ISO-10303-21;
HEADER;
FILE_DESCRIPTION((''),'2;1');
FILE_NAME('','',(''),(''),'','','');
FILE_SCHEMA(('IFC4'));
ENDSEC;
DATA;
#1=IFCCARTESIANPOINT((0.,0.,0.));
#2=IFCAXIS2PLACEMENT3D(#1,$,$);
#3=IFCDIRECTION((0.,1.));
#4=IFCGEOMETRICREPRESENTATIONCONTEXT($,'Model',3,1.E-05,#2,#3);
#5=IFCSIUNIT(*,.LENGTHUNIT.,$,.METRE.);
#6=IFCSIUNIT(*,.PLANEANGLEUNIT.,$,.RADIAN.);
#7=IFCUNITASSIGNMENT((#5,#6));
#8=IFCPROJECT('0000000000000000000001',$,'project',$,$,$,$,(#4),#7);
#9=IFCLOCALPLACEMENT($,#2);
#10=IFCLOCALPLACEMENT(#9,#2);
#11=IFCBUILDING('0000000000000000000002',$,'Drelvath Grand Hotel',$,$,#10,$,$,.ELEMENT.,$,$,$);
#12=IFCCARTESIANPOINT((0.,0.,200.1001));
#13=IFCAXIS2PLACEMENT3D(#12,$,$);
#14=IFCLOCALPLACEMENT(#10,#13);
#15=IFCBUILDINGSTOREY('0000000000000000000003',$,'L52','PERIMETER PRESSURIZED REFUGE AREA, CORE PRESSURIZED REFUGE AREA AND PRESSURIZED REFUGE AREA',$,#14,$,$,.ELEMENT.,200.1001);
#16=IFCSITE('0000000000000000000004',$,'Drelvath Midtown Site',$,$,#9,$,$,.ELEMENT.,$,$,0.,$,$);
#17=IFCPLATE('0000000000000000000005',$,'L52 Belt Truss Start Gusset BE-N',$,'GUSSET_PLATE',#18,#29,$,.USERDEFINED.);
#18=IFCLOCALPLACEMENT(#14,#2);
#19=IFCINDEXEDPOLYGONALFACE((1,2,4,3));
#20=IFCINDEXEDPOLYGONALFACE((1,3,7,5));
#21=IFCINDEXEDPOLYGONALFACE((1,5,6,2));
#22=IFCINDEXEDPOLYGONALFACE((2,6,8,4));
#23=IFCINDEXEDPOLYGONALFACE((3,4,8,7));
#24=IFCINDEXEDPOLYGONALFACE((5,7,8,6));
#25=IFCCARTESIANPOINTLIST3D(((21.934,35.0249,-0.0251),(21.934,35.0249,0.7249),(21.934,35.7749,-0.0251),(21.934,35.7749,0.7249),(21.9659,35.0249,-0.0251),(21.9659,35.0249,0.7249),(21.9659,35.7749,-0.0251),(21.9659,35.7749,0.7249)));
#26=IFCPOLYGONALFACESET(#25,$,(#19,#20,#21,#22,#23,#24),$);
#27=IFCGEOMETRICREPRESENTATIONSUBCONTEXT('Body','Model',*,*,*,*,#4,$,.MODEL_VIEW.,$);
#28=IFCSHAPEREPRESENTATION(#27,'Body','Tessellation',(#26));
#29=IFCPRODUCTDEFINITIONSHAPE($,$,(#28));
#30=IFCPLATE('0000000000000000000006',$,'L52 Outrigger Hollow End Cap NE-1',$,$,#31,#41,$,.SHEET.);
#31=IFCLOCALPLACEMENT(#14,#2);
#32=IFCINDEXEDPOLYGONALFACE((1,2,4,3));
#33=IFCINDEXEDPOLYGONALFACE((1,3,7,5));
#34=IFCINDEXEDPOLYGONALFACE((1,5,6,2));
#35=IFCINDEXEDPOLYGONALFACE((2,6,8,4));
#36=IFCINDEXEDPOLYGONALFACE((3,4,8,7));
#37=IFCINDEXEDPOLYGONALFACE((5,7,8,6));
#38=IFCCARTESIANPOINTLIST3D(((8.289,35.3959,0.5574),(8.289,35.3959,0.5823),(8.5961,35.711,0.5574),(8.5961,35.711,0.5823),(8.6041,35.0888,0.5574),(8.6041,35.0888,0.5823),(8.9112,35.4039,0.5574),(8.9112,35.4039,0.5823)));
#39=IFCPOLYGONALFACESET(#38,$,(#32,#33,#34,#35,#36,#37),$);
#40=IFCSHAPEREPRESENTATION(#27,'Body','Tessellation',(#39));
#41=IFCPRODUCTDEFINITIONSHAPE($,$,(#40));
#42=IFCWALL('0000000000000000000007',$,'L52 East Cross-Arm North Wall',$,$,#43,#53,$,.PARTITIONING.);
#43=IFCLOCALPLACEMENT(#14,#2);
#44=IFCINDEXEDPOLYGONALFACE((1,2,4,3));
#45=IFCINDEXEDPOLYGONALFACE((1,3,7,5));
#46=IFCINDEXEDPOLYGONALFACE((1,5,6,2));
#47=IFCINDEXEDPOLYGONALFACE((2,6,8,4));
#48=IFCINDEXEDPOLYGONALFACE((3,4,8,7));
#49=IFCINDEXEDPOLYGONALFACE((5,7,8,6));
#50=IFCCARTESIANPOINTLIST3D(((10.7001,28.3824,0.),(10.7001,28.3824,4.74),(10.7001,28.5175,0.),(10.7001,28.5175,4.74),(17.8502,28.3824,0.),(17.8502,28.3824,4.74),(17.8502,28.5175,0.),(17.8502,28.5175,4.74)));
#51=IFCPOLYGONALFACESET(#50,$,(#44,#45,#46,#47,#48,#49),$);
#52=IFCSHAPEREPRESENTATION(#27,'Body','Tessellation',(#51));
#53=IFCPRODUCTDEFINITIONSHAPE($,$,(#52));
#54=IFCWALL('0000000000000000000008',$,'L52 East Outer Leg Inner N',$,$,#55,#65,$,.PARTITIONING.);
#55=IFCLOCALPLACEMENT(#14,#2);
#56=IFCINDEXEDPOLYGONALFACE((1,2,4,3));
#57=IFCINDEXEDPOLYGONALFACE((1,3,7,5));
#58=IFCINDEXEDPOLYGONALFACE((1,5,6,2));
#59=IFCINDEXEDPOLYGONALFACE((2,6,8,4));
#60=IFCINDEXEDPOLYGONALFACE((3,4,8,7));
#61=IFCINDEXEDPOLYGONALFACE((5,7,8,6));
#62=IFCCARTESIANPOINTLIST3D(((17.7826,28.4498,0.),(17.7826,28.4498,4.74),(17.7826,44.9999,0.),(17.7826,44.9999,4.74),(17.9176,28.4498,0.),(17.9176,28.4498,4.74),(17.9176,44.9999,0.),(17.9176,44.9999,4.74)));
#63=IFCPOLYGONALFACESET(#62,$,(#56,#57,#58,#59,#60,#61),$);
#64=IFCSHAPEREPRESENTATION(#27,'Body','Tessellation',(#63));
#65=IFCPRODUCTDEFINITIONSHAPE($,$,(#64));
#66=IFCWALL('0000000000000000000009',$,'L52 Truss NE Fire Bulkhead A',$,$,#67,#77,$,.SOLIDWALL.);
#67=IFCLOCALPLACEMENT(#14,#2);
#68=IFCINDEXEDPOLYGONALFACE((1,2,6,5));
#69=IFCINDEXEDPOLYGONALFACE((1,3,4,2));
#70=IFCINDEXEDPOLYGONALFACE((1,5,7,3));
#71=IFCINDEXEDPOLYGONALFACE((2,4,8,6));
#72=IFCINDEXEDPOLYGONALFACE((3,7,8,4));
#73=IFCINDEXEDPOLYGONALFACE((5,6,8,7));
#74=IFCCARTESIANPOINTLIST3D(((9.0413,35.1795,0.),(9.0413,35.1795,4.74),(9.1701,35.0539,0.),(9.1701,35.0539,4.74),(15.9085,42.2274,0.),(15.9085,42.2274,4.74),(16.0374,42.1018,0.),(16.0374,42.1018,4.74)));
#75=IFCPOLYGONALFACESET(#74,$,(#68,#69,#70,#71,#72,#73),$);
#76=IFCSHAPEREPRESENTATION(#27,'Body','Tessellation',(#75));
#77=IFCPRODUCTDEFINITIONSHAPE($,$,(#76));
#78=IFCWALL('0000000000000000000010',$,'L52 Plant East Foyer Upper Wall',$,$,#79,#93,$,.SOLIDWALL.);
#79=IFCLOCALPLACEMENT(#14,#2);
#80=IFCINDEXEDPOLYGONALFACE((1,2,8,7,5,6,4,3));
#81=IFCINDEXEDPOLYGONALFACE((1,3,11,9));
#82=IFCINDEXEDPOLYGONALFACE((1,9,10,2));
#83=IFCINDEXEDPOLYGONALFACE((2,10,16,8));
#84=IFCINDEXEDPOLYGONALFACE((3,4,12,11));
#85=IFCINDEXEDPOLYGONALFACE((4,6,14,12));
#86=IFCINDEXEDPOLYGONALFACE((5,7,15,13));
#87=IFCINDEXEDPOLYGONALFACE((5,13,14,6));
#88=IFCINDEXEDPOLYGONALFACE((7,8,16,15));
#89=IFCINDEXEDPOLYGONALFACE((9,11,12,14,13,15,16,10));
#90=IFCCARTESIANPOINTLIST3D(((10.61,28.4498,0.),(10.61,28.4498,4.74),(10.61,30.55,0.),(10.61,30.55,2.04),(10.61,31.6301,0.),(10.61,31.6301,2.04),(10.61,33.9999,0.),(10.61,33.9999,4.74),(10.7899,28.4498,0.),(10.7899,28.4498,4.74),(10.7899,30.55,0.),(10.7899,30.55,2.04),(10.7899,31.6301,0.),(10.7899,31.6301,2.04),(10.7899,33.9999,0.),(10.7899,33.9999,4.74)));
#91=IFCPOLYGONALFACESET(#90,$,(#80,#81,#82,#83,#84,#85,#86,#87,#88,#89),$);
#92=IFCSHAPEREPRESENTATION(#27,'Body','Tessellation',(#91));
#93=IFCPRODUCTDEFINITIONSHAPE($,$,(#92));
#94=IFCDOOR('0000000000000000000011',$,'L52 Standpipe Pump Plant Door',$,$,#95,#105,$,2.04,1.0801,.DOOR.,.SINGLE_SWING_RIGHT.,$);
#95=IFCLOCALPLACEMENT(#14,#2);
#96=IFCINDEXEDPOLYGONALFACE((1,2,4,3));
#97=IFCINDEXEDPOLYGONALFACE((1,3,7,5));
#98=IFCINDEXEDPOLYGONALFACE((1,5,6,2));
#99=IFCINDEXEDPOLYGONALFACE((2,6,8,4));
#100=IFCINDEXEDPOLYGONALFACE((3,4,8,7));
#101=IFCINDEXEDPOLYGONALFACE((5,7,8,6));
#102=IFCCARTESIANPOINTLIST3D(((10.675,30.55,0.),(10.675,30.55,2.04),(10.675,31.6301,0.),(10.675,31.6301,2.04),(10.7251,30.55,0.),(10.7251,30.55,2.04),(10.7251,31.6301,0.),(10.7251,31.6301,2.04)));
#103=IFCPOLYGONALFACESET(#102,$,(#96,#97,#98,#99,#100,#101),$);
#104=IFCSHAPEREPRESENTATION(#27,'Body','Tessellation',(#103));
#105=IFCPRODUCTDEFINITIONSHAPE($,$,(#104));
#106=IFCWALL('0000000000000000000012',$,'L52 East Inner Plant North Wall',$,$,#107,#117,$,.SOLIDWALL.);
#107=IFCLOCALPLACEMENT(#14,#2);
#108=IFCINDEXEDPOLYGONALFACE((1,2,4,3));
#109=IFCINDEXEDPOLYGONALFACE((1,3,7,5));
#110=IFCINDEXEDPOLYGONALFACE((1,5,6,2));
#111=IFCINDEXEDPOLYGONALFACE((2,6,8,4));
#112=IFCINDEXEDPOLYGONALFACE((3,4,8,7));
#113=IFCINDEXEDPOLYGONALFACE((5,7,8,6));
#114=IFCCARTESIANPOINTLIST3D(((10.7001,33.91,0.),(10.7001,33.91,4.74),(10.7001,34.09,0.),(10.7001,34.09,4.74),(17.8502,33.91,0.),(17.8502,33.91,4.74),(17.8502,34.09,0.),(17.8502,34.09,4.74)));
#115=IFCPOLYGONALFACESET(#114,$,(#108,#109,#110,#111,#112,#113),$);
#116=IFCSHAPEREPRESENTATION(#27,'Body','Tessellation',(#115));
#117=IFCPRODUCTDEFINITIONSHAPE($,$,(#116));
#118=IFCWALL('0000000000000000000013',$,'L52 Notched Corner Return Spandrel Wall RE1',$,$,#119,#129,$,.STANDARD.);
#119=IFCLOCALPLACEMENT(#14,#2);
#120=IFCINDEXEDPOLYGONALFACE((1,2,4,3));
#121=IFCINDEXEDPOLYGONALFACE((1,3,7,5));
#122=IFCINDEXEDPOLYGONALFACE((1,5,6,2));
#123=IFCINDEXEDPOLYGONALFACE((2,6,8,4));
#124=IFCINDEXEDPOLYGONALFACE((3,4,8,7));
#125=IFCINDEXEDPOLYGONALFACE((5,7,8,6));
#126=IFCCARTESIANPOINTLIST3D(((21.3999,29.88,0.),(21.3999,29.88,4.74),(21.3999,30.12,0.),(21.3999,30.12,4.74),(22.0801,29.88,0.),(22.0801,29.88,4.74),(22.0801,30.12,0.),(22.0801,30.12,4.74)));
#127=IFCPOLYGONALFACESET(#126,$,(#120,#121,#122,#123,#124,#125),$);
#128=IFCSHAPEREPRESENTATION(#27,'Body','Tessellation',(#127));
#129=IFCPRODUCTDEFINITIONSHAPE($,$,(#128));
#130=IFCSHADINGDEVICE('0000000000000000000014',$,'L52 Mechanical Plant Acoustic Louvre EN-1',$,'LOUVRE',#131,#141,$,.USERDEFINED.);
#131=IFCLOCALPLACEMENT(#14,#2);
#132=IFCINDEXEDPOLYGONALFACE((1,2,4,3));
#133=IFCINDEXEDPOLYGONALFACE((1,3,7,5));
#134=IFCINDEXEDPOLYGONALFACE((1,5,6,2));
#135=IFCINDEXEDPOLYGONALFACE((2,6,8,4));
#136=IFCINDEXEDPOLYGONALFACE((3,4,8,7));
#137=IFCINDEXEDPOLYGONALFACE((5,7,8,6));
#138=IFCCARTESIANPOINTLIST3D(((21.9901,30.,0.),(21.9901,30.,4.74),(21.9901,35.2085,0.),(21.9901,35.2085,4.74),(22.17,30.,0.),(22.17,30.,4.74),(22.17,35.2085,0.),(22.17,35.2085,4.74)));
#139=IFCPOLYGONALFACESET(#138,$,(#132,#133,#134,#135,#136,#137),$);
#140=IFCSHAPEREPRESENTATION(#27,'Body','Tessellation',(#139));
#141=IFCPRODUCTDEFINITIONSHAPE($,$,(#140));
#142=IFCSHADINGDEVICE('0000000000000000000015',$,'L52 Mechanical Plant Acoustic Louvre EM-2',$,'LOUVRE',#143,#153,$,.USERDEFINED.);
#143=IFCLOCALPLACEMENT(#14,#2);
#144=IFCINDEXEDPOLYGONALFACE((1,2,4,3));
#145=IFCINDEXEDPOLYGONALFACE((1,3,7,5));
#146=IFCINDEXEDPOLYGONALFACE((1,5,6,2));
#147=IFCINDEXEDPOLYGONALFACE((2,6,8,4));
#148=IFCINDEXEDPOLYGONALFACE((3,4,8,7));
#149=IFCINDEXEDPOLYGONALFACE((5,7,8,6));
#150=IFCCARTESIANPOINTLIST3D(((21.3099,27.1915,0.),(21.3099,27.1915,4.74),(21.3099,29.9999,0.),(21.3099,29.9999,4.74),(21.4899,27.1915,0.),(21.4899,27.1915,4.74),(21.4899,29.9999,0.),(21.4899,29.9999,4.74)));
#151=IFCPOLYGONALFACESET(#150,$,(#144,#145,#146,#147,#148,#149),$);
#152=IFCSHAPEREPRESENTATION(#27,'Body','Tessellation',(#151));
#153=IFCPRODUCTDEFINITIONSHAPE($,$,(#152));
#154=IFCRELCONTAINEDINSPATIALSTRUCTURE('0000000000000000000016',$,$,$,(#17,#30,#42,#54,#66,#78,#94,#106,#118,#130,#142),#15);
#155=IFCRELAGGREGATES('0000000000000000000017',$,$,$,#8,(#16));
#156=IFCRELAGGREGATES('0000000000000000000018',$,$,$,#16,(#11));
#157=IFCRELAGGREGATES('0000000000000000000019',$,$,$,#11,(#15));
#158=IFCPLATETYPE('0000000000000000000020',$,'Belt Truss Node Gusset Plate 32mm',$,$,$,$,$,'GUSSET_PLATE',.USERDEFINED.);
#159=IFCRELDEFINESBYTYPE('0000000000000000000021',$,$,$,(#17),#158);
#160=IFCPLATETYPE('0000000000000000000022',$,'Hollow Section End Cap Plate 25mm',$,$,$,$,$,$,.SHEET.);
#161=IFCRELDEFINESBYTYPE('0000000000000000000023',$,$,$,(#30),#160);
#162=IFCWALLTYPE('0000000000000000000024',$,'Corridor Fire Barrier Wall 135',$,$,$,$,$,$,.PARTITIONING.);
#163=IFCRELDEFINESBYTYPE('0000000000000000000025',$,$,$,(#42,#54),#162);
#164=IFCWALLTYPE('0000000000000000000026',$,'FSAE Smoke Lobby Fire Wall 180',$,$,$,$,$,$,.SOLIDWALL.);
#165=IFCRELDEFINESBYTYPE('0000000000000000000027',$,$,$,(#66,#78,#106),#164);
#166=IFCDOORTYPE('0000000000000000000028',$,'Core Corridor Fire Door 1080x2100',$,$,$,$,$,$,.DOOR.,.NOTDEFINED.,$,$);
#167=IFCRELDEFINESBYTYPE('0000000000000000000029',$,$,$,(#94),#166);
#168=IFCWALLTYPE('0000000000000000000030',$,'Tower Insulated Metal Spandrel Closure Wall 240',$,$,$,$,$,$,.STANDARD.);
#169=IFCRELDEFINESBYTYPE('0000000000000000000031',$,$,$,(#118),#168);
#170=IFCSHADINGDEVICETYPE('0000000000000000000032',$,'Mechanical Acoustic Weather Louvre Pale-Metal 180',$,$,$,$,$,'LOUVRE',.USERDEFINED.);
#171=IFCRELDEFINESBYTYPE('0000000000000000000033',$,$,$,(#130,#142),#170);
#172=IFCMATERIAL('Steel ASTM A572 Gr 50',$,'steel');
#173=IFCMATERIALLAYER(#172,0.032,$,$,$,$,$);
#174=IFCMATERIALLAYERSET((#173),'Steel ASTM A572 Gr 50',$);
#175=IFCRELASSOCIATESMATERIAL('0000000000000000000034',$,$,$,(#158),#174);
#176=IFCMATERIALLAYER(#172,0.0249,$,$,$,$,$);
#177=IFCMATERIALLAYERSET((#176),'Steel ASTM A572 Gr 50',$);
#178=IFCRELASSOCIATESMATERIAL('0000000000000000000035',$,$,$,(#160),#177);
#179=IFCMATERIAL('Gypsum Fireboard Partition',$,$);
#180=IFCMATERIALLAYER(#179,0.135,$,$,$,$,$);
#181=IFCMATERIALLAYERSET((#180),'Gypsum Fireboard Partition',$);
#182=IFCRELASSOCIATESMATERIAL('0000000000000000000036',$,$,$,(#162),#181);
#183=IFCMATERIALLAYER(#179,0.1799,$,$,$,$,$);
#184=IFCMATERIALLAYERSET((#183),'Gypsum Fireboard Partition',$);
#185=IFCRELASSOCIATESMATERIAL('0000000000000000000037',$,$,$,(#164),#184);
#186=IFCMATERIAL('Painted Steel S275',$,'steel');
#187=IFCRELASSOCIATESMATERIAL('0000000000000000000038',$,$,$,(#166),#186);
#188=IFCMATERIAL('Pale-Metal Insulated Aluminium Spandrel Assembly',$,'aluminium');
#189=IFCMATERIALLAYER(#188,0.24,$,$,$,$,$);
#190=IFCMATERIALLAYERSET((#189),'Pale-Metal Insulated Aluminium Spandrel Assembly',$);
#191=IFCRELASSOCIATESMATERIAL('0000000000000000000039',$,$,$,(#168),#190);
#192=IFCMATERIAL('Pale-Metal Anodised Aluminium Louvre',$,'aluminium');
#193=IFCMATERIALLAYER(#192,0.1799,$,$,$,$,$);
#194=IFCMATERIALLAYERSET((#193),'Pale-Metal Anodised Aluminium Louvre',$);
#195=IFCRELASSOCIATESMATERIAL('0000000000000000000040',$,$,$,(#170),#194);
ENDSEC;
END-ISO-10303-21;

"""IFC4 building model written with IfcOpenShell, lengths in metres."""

from ifc_helpers import new_model, si_unit, direction, frame, frame_2d, origin, origin_2d, place, context, subcontext, project, spatial, rectangle, extrude, material, layer, layer_set, type_object, element, fill, save


model = new_model("IFC4")

# Units and contexts
model_context = context("Model", 3, precision=1e-05, world=origin(), true_north=direction((0.0, 1.0)))
body_context = subcontext(model_context, "Body", "Model", "MODEL_VIEW")
ifc_project = project(units=[si_unit("LENGTHUNIT", "METRE"), si_unit("PLANEANGLEUNIT", "RADIAN")], contexts=[model_context])

# Site, building, storey
site_placement = place(None, origin())
site = spatial("IfcSite", under=ifc_project, at=site_placement, Name="Drelvath Midtown Site", CompositionType="ELEMENT", RefElevation=0.0)
building_placement = place(site_placement, origin())
building = spatial("IfcBuilding", under=site, at=building_placement, Name="Drelvath Grand Hotel", CompositionType="ELEMENT")
storey_placement = place(building_placement, frame((0.0, 0.0, 200.1001)))
storey = spatial("IfcBuildingStorey", under=building, at=storey_placement, Name="L52", Description="PERIMETER PRESSURIZED REFUGE AREA, CORE PRESSURIZED REFUGE AREA AND PRESSURIZED REFUGE AREA", CompositionType="ELEMENT", Elevation=200.1001)

# Plates
ifc_material_1 = material(Name="Steel ASTM A572 Gr 50", Category="steel")
ifc_layer_1 = layer(ifc_material_1, 0.032)
ifc_layer_set_1 = layer_set([ifc_layer_1], Name="Steel ASTM A572 Gr 50")
plate_type_1 = type_object("IfcPlateType", Name="Belt Truss Node Gusset Plate 32mm", ElementType="GUSSET_PLATE", PredefinedType="USERDEFINED", material=ifc_layer_set_1)
plate_1_placement = place(storey_placement, frame((21.95, 35.3999, -0.0251), z_axis=(0.0, 0.0, 1.0), x_axis=(0.0, 1.0, 0.0)))
element("IfcPlate", 1, at=plate_1_placement, inside=storey, type_object=plate_type_1, Name="L52 Belt Truss Start Gusset BE-N", ObjectType="GUSSET_PLATE", PredefinedType="USERDEFINED", context=body_context, shape_type="SweptSolid", body=[
    extrude(rectangle(XDim=0.75, YDim=0.032, at=origin_2d()), origin(), (0.0, 0.0, 1.0), 0.75),
])
ifc_layer_2 = layer(ifc_material_1, 0.0249)
ifc_layer_set_2 = layer_set([ifc_layer_2], Name="Steel ASTM A572 Gr 50")
plate_type_2 = type_object("IfcPlateType", Name="Hollow Section End Cap Plate 25mm", PredefinedType="SHEET", material=ifc_layer_set_2)
plate_2_placement = place(storey_placement, frame((8.6001, 35.3999, 0.5574), z_axis=(0.0, 0.0, 1.0), x_axis=(0.697865, 0.71623, 0.0)))
element("IfcPlate", 2, at=plate_2_placement, inside=storey, type_object=plate_type_2, Name="L52 Outrigger Hollow End Cap NE-1", PredefinedType="SHEET", context=body_context, shape_type="SweptSolid", body=[
    extrude(rectangle(XDim=0.4399, YDim=0.4399, at=origin_2d()), origin(), (0.0, 0.0, 1.0), 0.0249),
])

# Walls
ifc_material_2 = material(Name="Gypsum Fireboard Partition")
ifc_layer_3 = layer(ifc_material_2, 0.135)
ifc_layer_set_3 = layer_set([ifc_layer_3], Name="Gypsum Fireboard Partition")
wall_type_1 = type_object("IfcWallType", Name="Corridor Fire Barrier Wall 135", PredefinedType="PARTITIONING", material=ifc_layer_set_3)
wall_1_placement = place(storey_placement, frame((10.7, 28.45, 0.0), z_axis=(0.0, 0.0, 1.0), x_axis=(1.0, 0.0, 0.0)))
element("IfcWall", 3, at=wall_1_placement, inside=storey, type_object=wall_type_1, Name="L52 East Cross-Arm North Wall", PredefinedType="PARTITIONING", context=body_context, shape_type="SweptSolid", body=[
    extrude(rectangle(XDim=7.1501, YDim=0.135, at=frame_2d((3.5752, 0.0))), origin(), (0.0, 0.0, 1.0), 4.74),
])
wall_2_placement = place(storey_placement, frame((17.8501, 28.45, 0.0), z_axis=(0.0, 0.0, 1.0), x_axis=(0.0, 1.0, 0.0)))
element("IfcWall", 4, at=wall_2_placement, inside=storey, type_object=wall_type_1, Name="L52 East Outer Leg Inner N", PredefinedType="PARTITIONING", context=body_context, shape_type="SweptSolid", body=[
    extrude(rectangle(XDim=16.55, YDim=0.135, at=frame_2d((8.2749, 0.0))), origin(), (0.0, 0.0, 1.0), 4.74),
])
ifc_layer_4 = layer(ifc_material_2, 0.1799)
ifc_layer_set_4 = layer_set([ifc_layer_4], Name="Gypsum Fireboard Partition")
wall_type_2 = type_object("IfcWallType", Name="FSAE Smoke Lobby Fire Wall 180", PredefinedType="SOLIDWALL", material=ifc_layer_set_4)
wall_3_placement = place(storey_placement, frame((9.1057, 35.1167, 0.0), z_axis=(0.0, 0.0, 1.0), x_axis=(0.697867, 0.716227, 0.0)))
element("IfcWall", 5, at=wall_3_placement, inside=storey, type_object=wall_type_2, Name="L52 Truss NE Fire Bulkhead A", PredefinedType="SOLIDWALL", context=body_context, shape_type="SweptSolid", body=[
    extrude(rectangle(XDim=9.8403, YDim=0.1799, at=frame_2d((4.9202, 0.0))), origin(), (0.0, 0.0, 1.0), 4.74),
])

# Wall, opening, door
wall_4_placement = place(storey_placement, frame((10.7, 28.45, 0.0), z_axis=(0.0, 0.0, 1.0), x_axis=(0.0, 1.0, 0.0)))
wall_4 = element("IfcWall", 6, at=wall_4_placement, inside=storey, type_object=wall_type_2, Name="L52 Plant East Foyer Upper Wall", PredefinedType="SOLIDWALL", context=body_context, shape_type="SweptSolid", body=[
    extrude(rectangle(XDim=5.55, YDim=0.1799, at=frame_2d((2.7749, 0.0))), origin(), (0.0, 0.0, 1.0), 4.74),
])
opening_placement = place(wall_4_placement, frame((2.1001, 0.0, 0.0)))
opening = element("IfcOpeningElement", 7, at=opening_placement, cuts=wall_4, PredefinedType="OPENING", context=body_context, shape_type="SweptSolid", body=[
    extrude(rectangle(XDim=1.0801, YDim=2.04, at=frame_2d((0.54, 1.02))), frame((0.0, 0.0999, 0.0), z_axis=(0.0, -1.0, 0.0), x_axis=(1.0, 0.0, 0.0)), (0.0, 0.0, 1.0), 0.2),
])
ifc_material_3 = material(Name="Painted Steel S275", Category="steel")
door_type = type_object("IfcDoorType", Name="Core Corridor Fire Door 1080x2100", OperationType="NOTDEFINED", PredefinedType="DOOR", material=ifc_material_3)
door_placement = place(opening_placement, origin())
door = element("IfcDoor", 8, at=door_placement, inside=storey, type_object=door_type, Name="L52 Standpipe Pump Plant Door", OperationType="SINGLE_SWING_RIGHT", OverallHeight=2.04, OverallWidth=1.0801, PredefinedType="DOOR", context=body_context, shape_type="SweptSolid", body=[
    extrude(rectangle(XDim=1.0801, YDim=2.04, at=frame_2d((0.54, 1.02))), frame((0.0, 0.0249, 0.0), z_axis=(0.0, -1.0, 0.0), x_axis=(1.0, 0.0, 0.0)), (0.0, 0.0, 1.0), 0.05),
])
fill(opening, door)

# Walls
wall_5_placement = place(storey_placement, frame((10.7, 34.0, 0.0), z_axis=(0.0, 0.0, 1.0), x_axis=(1.0, 0.0, 0.0)))
element("IfcWall", 9, at=wall_5_placement, inside=storey, type_object=wall_type_2, Name="L52 East Inner Plant North Wall", PredefinedType="SOLIDWALL", context=body_context, shape_type="SweptSolid", body=[
    extrude(rectangle(XDim=7.1501, YDim=0.1799, at=frame_2d((3.5752, 0.0))), origin(), (0.0, 0.0, 1.0), 4.74),
])
ifc_material_4 = material(Name="Pale-Metal Insulated Aluminium Spandrel Assembly", Category="aluminium")
ifc_layer_5 = layer(ifc_material_4, 0.24)
ifc_layer_set_5 = layer_set([ifc_layer_5], Name="Pale-Metal Insulated Aluminium Spandrel Assembly")
wall_type_3 = type_object("IfcWallType", Name="Tower Insulated Metal Spandrel Closure Wall 240", PredefinedType="STANDARD", material=ifc_layer_set_5)
wall_6_placement = place(storey_placement, frame((22.0801, 30.0, 0.0), z_axis=(0.0, 0.0, 1.0), x_axis=(-1.0, 0.0, 0.0)))
element("IfcWall", 10, at=wall_6_placement, inside=storey, type_object=wall_type_3, Name="L52 Notched Corner Return Spandrel Wall RE1", PredefinedType="STANDARD", context=body_context, shape_type="SweptSolid", body=[
    extrude(rectangle(XDim=0.6802, YDim=0.24, at=frame_2d((0.3401, 0.0))), origin(), (0.0, 0.0, 1.0), 4.74),
])

# Shading devices
ifc_material_5 = material(Name="Pale-Metal Anodised Aluminium Louvre", Category="aluminium")
ifc_layer_6 = layer(ifc_material_5, 0.1799)
ifc_layer_set_6 = layer_set([ifc_layer_6], Name="Pale-Metal Anodised Aluminium Louvre")
shading_device_type = type_object("IfcShadingDeviceType", Name="Mechanical Acoustic Weather Louvre Pale-Metal 180", ElementType="LOUVRE", PredefinedType="USERDEFINED", material=ifc_layer_set_6)
shading_device_1_placement = place(storey_placement, frame((22.0801, 32.6042, 0.0), z_axis=(0.0, 0.0, 1.0), x_axis=(0.0, 1.0, 0.0)))
element("IfcShadingDevice", 11, at=shading_device_1_placement, inside=storey, type_object=shading_device_type, Name="L52 Mechanical Plant Acoustic Louvre EN-1", ObjectType="LOUVRE", PredefinedType="USERDEFINED", context=body_context, shape_type="SweptSolid", body=[
    extrude(rectangle(XDim=5.2085, YDim=0.1799, at=origin_2d()), origin(), (0.0, 0.0, 1.0), 4.74),
])
shading_device_2_placement = place(storey_placement, frame((21.3999, 28.5957, 0.0), z_axis=(0.0, 0.0, 1.0), x_axis=(0.0, 1.0, 0.0)))
element("IfcShadingDevice", 12, at=shading_device_2_placement, inside=storey, type_object=shading_device_type, Name="L52 Mechanical Plant Acoustic Louvre EM-2", ObjectType="LOUVRE", PredefinedType="USERDEFINED", context=body_context, shape_type="SweptSolid", body=[
    extrude(rectangle(XDim=2.8083, YDim=0.1799, at=origin_2d()), origin(), (0.0, 0.0, 1.0), 4.74),
])

save(model, "model.ifc")
